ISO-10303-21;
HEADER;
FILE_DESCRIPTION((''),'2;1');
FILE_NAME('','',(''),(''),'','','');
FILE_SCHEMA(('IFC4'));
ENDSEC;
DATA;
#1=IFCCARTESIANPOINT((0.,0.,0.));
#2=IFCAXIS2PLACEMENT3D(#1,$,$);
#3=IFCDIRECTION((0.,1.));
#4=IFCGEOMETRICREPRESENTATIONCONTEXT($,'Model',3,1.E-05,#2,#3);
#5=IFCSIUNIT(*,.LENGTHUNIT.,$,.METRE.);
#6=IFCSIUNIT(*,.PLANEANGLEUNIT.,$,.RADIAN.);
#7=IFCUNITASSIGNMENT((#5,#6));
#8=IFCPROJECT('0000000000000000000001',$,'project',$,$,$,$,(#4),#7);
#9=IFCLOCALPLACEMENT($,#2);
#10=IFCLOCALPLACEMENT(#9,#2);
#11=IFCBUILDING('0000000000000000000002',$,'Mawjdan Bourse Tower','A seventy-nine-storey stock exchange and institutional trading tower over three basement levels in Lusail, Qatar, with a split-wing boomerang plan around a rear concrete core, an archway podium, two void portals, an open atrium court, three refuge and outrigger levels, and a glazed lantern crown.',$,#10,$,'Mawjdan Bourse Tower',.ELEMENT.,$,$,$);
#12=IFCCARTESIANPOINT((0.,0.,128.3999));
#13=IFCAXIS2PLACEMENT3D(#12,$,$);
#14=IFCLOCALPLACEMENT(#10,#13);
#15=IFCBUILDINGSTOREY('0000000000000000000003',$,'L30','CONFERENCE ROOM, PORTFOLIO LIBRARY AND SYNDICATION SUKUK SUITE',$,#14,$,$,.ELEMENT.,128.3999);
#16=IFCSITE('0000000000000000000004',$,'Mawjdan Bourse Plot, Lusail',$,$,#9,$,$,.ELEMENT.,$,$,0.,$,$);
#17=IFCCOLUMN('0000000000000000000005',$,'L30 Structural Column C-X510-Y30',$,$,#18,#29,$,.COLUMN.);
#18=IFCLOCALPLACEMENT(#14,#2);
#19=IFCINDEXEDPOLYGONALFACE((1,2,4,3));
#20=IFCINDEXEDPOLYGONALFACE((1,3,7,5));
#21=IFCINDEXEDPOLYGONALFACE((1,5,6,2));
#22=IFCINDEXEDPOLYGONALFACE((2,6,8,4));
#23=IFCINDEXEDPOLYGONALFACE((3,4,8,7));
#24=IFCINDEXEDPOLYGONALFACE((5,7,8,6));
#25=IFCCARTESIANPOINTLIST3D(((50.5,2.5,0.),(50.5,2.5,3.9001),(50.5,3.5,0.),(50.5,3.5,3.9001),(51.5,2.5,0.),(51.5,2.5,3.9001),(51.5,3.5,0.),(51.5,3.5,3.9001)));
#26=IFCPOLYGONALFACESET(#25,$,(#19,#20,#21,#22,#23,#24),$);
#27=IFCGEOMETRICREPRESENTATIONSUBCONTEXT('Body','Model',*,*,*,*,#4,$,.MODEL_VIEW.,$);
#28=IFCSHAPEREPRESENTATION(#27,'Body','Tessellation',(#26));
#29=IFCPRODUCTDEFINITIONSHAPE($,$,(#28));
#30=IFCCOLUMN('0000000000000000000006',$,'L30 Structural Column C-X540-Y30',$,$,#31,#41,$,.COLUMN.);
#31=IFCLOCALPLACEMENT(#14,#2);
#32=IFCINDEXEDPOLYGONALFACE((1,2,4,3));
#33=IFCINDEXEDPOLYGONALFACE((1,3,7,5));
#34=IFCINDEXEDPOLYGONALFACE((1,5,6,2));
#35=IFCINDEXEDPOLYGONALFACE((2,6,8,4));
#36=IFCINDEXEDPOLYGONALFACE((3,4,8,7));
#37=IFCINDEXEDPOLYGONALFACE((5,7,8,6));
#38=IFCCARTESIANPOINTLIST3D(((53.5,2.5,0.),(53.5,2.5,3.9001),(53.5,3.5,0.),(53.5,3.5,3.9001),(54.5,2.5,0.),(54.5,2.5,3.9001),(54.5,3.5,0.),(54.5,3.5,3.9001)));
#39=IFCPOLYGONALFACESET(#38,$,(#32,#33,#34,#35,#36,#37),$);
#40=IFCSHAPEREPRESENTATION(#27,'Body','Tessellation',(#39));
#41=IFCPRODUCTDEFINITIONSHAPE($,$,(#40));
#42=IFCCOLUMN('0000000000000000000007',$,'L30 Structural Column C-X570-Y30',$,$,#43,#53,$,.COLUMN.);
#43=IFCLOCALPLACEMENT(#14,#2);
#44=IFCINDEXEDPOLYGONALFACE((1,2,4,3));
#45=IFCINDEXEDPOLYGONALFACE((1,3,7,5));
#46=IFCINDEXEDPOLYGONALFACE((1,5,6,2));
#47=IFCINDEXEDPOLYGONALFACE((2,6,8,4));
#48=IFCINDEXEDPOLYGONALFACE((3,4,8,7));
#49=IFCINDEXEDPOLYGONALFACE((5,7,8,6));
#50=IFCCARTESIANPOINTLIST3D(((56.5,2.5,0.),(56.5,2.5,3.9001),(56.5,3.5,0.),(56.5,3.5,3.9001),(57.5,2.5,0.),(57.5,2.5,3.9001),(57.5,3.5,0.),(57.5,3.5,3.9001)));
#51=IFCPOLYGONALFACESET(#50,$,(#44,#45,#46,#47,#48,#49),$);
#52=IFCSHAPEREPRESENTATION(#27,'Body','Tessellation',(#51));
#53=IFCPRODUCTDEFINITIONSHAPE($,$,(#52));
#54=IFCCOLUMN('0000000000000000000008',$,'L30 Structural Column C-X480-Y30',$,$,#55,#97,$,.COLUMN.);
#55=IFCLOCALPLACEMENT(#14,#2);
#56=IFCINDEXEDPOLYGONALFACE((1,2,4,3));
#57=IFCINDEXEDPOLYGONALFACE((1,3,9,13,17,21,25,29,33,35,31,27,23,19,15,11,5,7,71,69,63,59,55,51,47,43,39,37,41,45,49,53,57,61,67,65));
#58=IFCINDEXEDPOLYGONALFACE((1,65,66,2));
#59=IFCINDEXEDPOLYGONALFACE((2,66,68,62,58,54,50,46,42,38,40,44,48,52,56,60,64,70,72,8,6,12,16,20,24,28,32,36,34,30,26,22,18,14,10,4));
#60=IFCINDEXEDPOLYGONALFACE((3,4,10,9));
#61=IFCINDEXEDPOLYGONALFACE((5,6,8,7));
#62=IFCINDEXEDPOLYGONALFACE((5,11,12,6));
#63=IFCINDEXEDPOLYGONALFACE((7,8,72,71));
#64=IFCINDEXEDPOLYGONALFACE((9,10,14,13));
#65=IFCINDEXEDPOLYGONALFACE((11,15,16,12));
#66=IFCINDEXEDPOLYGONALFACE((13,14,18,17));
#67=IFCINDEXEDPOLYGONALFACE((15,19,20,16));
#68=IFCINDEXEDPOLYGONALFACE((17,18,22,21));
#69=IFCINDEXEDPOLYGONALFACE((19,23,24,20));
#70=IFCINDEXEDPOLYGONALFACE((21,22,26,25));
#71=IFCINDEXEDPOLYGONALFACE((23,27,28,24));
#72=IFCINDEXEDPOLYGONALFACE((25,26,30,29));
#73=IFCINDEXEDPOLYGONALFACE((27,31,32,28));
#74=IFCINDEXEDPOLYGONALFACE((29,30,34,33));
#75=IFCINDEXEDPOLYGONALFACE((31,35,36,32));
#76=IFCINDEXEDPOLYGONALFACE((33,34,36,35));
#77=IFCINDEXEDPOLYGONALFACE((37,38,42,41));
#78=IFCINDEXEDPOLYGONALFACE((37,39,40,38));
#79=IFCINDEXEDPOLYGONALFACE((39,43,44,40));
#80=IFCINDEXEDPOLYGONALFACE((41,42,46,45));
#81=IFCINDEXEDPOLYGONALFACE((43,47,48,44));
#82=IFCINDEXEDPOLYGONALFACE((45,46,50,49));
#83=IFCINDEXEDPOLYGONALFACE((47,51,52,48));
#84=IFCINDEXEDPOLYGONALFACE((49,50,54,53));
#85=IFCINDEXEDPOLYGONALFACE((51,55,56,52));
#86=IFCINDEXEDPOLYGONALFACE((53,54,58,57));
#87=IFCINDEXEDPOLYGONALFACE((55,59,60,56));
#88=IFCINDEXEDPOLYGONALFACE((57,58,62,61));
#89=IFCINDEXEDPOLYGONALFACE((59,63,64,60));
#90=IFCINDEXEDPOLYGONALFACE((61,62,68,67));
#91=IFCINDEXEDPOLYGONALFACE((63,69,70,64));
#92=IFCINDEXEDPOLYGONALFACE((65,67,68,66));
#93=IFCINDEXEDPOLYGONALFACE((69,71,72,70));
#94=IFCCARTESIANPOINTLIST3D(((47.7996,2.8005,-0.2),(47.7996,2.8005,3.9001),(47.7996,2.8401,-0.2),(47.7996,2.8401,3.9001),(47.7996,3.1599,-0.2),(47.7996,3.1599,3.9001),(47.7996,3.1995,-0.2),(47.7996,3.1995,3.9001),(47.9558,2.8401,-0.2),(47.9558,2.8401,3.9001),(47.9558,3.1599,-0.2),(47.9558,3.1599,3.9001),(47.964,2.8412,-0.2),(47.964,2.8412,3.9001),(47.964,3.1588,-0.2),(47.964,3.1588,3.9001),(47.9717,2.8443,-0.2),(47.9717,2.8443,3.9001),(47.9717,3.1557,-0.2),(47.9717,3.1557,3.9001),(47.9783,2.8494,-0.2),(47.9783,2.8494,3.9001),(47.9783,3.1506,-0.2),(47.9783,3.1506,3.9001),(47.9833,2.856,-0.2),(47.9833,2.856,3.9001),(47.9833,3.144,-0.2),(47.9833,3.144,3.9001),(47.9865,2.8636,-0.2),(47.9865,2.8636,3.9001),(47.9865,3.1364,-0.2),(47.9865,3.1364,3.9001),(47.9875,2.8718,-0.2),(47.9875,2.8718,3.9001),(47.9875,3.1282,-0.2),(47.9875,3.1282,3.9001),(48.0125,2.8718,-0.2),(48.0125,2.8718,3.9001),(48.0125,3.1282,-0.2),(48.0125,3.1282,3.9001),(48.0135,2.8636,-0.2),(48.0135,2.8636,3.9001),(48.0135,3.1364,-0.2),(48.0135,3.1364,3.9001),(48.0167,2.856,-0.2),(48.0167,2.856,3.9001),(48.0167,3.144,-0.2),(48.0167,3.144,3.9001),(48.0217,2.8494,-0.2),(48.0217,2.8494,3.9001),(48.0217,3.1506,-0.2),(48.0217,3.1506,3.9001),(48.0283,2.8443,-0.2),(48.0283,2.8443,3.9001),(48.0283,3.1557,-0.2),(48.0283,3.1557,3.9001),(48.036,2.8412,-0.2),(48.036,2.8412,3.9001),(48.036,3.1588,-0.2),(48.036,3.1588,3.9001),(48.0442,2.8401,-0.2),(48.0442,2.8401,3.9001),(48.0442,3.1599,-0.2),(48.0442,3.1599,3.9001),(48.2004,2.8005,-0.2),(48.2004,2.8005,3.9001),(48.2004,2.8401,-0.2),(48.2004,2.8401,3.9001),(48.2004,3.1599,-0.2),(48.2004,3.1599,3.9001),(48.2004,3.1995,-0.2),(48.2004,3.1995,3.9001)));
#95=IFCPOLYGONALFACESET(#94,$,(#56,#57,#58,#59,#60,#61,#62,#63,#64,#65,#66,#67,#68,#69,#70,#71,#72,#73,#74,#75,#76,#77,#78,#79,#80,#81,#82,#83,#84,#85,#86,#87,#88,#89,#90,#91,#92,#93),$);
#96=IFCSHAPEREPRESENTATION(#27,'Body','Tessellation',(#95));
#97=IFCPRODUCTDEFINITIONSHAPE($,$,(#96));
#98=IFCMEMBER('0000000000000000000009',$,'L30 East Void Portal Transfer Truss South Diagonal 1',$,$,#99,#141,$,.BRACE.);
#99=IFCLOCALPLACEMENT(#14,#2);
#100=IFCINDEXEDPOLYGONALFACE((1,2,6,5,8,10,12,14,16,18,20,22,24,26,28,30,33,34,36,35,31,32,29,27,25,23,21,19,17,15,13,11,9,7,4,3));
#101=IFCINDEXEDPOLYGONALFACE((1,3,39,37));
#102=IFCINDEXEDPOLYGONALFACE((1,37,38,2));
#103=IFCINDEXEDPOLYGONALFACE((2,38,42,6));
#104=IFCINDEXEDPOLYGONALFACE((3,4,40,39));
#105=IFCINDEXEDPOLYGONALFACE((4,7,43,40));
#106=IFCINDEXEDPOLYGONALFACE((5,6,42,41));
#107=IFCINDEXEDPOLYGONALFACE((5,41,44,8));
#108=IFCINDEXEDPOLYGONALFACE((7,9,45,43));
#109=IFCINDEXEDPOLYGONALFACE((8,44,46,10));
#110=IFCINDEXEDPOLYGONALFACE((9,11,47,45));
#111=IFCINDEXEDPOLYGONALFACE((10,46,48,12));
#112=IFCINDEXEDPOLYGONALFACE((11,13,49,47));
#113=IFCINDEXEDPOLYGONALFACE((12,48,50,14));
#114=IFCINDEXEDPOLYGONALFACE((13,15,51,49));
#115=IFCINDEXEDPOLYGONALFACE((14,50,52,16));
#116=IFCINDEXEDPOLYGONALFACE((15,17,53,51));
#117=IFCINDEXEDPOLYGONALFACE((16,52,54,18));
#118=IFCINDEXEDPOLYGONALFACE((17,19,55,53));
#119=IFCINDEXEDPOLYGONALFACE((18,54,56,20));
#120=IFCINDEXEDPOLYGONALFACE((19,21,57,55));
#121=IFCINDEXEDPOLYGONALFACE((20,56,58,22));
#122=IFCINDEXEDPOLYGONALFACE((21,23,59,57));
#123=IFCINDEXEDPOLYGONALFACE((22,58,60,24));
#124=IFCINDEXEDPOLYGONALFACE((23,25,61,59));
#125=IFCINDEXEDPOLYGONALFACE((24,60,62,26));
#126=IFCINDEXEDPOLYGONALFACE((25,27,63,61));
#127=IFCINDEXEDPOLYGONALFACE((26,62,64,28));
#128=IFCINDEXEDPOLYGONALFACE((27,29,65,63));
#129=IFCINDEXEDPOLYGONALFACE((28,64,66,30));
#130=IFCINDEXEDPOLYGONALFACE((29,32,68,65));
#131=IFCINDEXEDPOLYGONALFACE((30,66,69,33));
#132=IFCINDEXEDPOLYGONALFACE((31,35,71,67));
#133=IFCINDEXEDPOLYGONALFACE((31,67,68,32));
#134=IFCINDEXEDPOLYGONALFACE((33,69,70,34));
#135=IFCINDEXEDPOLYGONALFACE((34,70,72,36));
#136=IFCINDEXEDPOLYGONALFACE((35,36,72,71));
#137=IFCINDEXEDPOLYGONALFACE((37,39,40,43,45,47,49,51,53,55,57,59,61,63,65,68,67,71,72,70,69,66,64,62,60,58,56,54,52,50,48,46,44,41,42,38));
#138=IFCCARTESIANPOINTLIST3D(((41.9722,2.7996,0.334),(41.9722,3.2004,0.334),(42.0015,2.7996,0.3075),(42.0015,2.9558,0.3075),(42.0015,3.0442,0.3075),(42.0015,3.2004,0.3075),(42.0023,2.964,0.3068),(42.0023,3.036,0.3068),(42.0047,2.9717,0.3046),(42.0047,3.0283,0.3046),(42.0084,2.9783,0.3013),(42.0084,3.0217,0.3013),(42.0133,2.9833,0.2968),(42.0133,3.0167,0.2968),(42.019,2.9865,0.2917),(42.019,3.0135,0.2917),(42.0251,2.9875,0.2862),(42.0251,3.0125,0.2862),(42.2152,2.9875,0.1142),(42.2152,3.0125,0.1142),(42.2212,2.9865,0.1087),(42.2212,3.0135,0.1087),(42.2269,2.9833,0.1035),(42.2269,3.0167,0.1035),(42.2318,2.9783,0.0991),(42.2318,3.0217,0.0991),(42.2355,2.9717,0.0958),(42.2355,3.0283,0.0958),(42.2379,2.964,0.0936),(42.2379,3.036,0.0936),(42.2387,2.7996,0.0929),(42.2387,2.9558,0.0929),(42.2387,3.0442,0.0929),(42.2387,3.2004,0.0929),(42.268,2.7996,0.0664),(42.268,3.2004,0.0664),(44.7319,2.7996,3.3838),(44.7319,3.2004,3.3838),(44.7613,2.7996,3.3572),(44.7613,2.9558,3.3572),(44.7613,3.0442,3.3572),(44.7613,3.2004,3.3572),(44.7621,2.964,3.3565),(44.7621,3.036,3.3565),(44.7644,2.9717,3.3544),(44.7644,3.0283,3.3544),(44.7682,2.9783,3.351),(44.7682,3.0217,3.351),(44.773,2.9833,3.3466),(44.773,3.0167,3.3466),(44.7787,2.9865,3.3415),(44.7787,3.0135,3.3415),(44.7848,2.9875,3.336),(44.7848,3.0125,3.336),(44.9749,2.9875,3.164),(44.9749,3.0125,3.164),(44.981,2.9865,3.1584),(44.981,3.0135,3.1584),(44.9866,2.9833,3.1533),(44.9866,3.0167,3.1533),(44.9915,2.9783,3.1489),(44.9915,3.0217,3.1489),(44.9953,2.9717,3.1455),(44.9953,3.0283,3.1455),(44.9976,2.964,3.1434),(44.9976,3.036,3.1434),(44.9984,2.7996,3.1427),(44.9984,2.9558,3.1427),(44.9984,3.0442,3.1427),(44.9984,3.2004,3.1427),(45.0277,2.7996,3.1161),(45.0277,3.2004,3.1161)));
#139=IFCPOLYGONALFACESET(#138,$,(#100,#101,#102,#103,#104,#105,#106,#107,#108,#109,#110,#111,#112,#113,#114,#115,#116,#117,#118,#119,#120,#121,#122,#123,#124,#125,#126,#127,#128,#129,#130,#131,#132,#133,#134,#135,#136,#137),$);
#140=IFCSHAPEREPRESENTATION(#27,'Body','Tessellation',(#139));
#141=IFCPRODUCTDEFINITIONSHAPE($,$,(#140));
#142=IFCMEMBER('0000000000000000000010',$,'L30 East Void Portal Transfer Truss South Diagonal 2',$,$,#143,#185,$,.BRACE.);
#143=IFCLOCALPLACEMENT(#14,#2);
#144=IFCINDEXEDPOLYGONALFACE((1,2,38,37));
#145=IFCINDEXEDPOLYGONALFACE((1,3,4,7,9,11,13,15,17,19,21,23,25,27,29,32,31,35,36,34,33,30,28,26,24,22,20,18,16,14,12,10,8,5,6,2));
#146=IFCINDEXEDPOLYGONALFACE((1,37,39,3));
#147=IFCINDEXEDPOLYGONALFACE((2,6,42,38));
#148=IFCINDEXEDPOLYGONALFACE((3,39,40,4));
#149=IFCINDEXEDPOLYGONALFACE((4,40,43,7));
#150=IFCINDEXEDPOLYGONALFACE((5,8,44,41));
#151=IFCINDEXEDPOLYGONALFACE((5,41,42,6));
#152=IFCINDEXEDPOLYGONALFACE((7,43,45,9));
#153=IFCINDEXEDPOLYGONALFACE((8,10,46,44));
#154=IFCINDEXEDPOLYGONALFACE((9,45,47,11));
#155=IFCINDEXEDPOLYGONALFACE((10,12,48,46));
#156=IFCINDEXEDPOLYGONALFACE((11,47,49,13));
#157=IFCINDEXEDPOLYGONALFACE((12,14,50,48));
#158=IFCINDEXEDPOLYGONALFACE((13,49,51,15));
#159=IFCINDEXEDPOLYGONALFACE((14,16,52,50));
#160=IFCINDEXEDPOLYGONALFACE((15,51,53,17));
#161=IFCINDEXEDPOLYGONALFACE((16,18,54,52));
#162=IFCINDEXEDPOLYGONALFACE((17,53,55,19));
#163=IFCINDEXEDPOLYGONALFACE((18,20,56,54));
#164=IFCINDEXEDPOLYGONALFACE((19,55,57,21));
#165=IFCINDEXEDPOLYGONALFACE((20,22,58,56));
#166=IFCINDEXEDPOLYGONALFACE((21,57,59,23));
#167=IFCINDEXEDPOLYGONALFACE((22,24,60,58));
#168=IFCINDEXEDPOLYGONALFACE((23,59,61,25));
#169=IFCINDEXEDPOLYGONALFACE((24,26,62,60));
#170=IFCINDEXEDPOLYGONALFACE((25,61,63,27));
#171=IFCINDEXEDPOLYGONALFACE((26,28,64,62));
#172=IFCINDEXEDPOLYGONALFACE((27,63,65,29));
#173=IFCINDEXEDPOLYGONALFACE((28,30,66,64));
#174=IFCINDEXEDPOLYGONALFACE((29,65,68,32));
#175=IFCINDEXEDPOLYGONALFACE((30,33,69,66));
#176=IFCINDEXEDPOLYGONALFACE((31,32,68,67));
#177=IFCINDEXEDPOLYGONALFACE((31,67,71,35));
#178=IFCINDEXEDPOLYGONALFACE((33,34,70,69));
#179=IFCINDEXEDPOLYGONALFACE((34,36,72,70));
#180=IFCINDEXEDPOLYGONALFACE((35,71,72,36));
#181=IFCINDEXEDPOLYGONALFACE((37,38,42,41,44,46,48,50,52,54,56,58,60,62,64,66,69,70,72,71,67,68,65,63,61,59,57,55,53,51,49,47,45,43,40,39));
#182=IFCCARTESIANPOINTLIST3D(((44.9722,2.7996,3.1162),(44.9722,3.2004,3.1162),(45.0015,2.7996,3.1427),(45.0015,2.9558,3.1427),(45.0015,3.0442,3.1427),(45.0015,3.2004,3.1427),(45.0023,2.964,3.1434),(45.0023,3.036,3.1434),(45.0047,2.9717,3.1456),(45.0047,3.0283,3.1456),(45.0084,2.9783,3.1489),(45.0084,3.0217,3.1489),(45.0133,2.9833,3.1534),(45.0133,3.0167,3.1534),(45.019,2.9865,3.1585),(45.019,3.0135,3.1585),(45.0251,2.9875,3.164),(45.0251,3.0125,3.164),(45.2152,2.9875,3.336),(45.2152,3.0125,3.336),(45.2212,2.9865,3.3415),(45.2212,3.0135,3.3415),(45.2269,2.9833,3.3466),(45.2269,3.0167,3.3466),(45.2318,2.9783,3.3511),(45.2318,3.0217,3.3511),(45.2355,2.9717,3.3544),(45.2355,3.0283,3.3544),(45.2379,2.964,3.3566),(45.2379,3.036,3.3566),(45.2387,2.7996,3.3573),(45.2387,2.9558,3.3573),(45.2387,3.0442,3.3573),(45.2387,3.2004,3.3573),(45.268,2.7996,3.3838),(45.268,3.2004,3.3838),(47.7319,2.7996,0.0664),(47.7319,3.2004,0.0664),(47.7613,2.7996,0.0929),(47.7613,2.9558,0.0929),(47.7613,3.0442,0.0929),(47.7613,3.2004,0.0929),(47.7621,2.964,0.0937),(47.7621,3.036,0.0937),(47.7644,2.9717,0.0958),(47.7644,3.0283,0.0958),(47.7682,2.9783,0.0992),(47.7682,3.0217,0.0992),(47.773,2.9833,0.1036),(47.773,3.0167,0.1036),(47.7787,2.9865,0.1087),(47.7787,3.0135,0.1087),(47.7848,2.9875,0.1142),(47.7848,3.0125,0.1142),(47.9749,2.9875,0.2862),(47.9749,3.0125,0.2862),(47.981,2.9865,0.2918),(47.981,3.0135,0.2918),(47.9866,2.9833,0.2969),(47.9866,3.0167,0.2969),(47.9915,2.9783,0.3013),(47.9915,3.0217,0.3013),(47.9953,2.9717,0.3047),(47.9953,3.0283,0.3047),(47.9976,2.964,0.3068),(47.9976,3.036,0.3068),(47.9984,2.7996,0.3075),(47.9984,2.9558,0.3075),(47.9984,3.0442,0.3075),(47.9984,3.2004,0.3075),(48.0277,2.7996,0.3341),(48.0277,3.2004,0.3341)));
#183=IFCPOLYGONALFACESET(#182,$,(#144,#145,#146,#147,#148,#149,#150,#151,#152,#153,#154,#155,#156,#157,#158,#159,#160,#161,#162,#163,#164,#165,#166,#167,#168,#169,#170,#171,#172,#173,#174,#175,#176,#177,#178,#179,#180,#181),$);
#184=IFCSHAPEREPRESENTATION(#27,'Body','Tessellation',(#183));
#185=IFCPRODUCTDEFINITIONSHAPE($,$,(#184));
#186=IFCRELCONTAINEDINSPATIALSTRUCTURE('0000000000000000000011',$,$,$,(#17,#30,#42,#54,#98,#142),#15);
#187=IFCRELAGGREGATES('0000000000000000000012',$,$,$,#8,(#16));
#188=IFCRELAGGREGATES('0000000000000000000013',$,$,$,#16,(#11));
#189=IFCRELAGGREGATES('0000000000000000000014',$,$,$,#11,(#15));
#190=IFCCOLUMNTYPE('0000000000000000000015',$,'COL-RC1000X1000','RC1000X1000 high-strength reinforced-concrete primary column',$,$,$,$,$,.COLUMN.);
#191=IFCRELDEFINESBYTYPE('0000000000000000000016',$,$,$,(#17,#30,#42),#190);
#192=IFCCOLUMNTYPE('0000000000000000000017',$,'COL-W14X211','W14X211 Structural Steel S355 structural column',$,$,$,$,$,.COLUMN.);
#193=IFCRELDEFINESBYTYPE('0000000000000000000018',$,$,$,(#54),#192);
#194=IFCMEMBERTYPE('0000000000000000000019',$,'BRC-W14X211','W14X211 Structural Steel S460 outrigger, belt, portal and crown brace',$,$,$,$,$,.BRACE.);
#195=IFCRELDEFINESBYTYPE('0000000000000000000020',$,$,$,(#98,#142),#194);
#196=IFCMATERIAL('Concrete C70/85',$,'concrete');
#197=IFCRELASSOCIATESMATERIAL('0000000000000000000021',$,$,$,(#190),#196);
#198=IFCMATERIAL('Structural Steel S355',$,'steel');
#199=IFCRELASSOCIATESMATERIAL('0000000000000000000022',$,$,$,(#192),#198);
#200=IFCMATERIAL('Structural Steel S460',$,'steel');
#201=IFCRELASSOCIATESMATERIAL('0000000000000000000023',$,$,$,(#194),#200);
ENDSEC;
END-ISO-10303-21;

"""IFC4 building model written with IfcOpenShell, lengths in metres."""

from ifc_helpers import new_model, si_unit, direction, frame, origin, origin_2d, place, context, subcontext, project, spatial, rectangle, i_section, extrude, material, material_profile, profile_set, type_object, element, save


model = new_model("IFC4")

# Units and contexts
model_context = context("Model", 3, precision=1e-05, world=origin(), true_north=direction((0.0, 1.0)))
body_context = subcontext(model_context, "Body", "Model", "MODEL_VIEW")
ifc_project = project(units=[si_unit("LENGTHUNIT", "METRE"), si_unit("PLANEANGLEUNIT", "RADIAN")], contexts=[model_context])

# Site, building, storey
site_placement = place(None, origin())
site = spatial("IfcSite", under=ifc_project, at=site_placement, Name="Mawjdan Bourse Plot, Lusail", CompositionType="ELEMENT", RefElevation=0.0)
building_placement = place(site_placement, origin())
building = spatial("IfcBuilding", under=site, at=building_placement, Name="Mawjdan Bourse Tower", Description="A seventy-nine-storey stock exchange and institutional trading tower over three basement levels in Lusail, Qatar, with a split-wing boomerang plan around a rear concrete core, an archway podium, two void portals, an open atrium court, three refuge and outrigger levels, and a glazed lantern crown.", LongName="Mawjdan Bourse Tower", CompositionType="ELEMENT")
storey_placement = place(building_placement, frame((0.0, 0.0, 128.3999)))
storey = spatial("IfcBuildingStorey", under=building, at=storey_placement, Name="L30", Description="CONFERENCE ROOM, PORTFOLIO LIBRARY AND SYNDICATION SUKUK SUITE", CompositionType="ELEMENT", Elevation=128.3999)

# Columns
ifc_material_1 = material(Name="Concrete C70/85", Category="concrete")
ifc_material_profile_1 = material_profile(ifc_material_1, rectangle(XDim=1.0, YDim=1.0, at=origin_2d()), Name="RC1000X1000")
ifc_profile_set_1 = profile_set([ifc_material_profile_1], Name="Concrete C70/85")
column_type_1 = type_object("IfcColumnType", Name="COL-RC1000X1000", Description="RC1000X1000 high-strength reinforced-concrete primary column", PredefinedType="COLUMN", material=ifc_profile_set_1)
for number, where, z_axis, x_axis, name in (
    (1, (51.0, 3.0, 0.0), (0.0, 0.0, 1.0), (1.0, 0.0, 0.0), "L30 Structural Column C-X510-Y30"),
    (2, (54.0, 3.0, 0.0), (0.0, 0.0, 1.0), (1.0, 0.0, 0.0), "L30 Structural Column C-X540-Y30"),
    (3, (57.0, 3.0, 0.0), (0.0, 0.0, 1.0), (1.0, 0.0, 0.0), "L30 Structural Column C-X570-Y30"),
):
    element("IfcColumn", number, at=place(storey_placement, frame(where, z_axis=z_axis, x_axis=x_axis)), inside=storey, type_object=column_type_1, Name=name, PredefinedType="COLUMN", context=body_context, shape_type="SweptSolid", body=[
        extrude(rectangle(XDim=1.0, YDim=1.0, at=origin_2d()), origin(), (0.0, 0.0, 1.0), 3.9001),
    ])
ifc_material_2 = material(Name="Structural Steel S355", Category="steel")
ifc_material_profile_2 = material_profile(ifc_material_2, i_section(OverallWidth=0.4009, OverallDepth=0.3989, WebThickness=0.0249, FlangeThickness=0.0396, FilletRadius=0.0317, at=origin_2d()), Name="W14X211")
ifc_profile_set_2 = profile_set([ifc_material_profile_2], Name="Structural Steel S355")
column_type_2 = type_object("IfcColumnType", Name="COL-W14X211", Description="W14X211 Structural Steel S355 structural column", PredefinedType="COLUMN", material=ifc_profile_set_2)
column_placement = place(storey_placement, frame((48.0, 3.0, -0.2), z_axis=(0.0, 0.0, 1.0), x_axis=(1.0, 0.0, 0.0)))
element("IfcColumn", 4, at=column_placement, inside=storey, type_object=column_type_2, Name="L30 Structural Column C-X480-Y30", PredefinedType="COLUMN", context=body_context, shape_type="SweptSolid", body=[
    extrude(i_section(OverallWidth=0.4009, OverallDepth=0.3989, WebThickness=0.0249, FlangeThickness=0.0396, FilletRadius=0.0317, at=origin_2d()), origin(), (0.0, 0.0, 1.0), 4.1001),
])

# Members
ifc_material_3 = material(Name="Structural Steel S460", Category="steel")
ifc_material_profile_3 = material_profile(ifc_material_3, i_section(OverallWidth=0.4009, OverallDepth=0.3989, WebThickness=0.0249, FlangeThickness=0.0396, FilletRadius=0.0317, at=origin_2d()), Name="W14X211")
ifc_profile_set_3 = profile_set([ifc_material_profile_3], Name="Structural Steel S460")
member_type = type_object("IfcMemberType", Name="BRC-W14X211", Description="W14X211 Structural Steel S460 outrigger, belt, portal and crown brace", PredefinedType="BRACE", material=ifc_profile_set_3)
for number, where, z_axis, x_axis, name in (
    (5, (42.1201, 3.0, 0.2002), (0.670969, 0.0, 0.741485), (0.0, 1.0, 0.0), "L30 East Void Portal Transfer Truss South Diagonal 1"),
    (6, (45.1201, 3.0, 3.25), (0.670969, 0.0, -0.741485), (0.0, 1.0, 0.0), "L30 East Void Portal Transfer Truss South Diagonal 2"),
):
    element("IfcMember", number, at=place(storey_placement, frame(where, z_axis=z_axis, x_axis=x_axis)), inside=storey, type_object=member_type, Name=name, PredefinedType="BRACE", context=body_context, shape_type="SweptSolid", body=[
        extrude(i_section(OverallWidth=0.4009, OverallDepth=0.3989, WebThickness=0.0249, FlangeThickness=0.0396, FilletRadius=0.0317, at=origin_2d()), origin(), (0.0, 0.0, 1.0), 4.113),
    ])

save(model, "model.ifc")
